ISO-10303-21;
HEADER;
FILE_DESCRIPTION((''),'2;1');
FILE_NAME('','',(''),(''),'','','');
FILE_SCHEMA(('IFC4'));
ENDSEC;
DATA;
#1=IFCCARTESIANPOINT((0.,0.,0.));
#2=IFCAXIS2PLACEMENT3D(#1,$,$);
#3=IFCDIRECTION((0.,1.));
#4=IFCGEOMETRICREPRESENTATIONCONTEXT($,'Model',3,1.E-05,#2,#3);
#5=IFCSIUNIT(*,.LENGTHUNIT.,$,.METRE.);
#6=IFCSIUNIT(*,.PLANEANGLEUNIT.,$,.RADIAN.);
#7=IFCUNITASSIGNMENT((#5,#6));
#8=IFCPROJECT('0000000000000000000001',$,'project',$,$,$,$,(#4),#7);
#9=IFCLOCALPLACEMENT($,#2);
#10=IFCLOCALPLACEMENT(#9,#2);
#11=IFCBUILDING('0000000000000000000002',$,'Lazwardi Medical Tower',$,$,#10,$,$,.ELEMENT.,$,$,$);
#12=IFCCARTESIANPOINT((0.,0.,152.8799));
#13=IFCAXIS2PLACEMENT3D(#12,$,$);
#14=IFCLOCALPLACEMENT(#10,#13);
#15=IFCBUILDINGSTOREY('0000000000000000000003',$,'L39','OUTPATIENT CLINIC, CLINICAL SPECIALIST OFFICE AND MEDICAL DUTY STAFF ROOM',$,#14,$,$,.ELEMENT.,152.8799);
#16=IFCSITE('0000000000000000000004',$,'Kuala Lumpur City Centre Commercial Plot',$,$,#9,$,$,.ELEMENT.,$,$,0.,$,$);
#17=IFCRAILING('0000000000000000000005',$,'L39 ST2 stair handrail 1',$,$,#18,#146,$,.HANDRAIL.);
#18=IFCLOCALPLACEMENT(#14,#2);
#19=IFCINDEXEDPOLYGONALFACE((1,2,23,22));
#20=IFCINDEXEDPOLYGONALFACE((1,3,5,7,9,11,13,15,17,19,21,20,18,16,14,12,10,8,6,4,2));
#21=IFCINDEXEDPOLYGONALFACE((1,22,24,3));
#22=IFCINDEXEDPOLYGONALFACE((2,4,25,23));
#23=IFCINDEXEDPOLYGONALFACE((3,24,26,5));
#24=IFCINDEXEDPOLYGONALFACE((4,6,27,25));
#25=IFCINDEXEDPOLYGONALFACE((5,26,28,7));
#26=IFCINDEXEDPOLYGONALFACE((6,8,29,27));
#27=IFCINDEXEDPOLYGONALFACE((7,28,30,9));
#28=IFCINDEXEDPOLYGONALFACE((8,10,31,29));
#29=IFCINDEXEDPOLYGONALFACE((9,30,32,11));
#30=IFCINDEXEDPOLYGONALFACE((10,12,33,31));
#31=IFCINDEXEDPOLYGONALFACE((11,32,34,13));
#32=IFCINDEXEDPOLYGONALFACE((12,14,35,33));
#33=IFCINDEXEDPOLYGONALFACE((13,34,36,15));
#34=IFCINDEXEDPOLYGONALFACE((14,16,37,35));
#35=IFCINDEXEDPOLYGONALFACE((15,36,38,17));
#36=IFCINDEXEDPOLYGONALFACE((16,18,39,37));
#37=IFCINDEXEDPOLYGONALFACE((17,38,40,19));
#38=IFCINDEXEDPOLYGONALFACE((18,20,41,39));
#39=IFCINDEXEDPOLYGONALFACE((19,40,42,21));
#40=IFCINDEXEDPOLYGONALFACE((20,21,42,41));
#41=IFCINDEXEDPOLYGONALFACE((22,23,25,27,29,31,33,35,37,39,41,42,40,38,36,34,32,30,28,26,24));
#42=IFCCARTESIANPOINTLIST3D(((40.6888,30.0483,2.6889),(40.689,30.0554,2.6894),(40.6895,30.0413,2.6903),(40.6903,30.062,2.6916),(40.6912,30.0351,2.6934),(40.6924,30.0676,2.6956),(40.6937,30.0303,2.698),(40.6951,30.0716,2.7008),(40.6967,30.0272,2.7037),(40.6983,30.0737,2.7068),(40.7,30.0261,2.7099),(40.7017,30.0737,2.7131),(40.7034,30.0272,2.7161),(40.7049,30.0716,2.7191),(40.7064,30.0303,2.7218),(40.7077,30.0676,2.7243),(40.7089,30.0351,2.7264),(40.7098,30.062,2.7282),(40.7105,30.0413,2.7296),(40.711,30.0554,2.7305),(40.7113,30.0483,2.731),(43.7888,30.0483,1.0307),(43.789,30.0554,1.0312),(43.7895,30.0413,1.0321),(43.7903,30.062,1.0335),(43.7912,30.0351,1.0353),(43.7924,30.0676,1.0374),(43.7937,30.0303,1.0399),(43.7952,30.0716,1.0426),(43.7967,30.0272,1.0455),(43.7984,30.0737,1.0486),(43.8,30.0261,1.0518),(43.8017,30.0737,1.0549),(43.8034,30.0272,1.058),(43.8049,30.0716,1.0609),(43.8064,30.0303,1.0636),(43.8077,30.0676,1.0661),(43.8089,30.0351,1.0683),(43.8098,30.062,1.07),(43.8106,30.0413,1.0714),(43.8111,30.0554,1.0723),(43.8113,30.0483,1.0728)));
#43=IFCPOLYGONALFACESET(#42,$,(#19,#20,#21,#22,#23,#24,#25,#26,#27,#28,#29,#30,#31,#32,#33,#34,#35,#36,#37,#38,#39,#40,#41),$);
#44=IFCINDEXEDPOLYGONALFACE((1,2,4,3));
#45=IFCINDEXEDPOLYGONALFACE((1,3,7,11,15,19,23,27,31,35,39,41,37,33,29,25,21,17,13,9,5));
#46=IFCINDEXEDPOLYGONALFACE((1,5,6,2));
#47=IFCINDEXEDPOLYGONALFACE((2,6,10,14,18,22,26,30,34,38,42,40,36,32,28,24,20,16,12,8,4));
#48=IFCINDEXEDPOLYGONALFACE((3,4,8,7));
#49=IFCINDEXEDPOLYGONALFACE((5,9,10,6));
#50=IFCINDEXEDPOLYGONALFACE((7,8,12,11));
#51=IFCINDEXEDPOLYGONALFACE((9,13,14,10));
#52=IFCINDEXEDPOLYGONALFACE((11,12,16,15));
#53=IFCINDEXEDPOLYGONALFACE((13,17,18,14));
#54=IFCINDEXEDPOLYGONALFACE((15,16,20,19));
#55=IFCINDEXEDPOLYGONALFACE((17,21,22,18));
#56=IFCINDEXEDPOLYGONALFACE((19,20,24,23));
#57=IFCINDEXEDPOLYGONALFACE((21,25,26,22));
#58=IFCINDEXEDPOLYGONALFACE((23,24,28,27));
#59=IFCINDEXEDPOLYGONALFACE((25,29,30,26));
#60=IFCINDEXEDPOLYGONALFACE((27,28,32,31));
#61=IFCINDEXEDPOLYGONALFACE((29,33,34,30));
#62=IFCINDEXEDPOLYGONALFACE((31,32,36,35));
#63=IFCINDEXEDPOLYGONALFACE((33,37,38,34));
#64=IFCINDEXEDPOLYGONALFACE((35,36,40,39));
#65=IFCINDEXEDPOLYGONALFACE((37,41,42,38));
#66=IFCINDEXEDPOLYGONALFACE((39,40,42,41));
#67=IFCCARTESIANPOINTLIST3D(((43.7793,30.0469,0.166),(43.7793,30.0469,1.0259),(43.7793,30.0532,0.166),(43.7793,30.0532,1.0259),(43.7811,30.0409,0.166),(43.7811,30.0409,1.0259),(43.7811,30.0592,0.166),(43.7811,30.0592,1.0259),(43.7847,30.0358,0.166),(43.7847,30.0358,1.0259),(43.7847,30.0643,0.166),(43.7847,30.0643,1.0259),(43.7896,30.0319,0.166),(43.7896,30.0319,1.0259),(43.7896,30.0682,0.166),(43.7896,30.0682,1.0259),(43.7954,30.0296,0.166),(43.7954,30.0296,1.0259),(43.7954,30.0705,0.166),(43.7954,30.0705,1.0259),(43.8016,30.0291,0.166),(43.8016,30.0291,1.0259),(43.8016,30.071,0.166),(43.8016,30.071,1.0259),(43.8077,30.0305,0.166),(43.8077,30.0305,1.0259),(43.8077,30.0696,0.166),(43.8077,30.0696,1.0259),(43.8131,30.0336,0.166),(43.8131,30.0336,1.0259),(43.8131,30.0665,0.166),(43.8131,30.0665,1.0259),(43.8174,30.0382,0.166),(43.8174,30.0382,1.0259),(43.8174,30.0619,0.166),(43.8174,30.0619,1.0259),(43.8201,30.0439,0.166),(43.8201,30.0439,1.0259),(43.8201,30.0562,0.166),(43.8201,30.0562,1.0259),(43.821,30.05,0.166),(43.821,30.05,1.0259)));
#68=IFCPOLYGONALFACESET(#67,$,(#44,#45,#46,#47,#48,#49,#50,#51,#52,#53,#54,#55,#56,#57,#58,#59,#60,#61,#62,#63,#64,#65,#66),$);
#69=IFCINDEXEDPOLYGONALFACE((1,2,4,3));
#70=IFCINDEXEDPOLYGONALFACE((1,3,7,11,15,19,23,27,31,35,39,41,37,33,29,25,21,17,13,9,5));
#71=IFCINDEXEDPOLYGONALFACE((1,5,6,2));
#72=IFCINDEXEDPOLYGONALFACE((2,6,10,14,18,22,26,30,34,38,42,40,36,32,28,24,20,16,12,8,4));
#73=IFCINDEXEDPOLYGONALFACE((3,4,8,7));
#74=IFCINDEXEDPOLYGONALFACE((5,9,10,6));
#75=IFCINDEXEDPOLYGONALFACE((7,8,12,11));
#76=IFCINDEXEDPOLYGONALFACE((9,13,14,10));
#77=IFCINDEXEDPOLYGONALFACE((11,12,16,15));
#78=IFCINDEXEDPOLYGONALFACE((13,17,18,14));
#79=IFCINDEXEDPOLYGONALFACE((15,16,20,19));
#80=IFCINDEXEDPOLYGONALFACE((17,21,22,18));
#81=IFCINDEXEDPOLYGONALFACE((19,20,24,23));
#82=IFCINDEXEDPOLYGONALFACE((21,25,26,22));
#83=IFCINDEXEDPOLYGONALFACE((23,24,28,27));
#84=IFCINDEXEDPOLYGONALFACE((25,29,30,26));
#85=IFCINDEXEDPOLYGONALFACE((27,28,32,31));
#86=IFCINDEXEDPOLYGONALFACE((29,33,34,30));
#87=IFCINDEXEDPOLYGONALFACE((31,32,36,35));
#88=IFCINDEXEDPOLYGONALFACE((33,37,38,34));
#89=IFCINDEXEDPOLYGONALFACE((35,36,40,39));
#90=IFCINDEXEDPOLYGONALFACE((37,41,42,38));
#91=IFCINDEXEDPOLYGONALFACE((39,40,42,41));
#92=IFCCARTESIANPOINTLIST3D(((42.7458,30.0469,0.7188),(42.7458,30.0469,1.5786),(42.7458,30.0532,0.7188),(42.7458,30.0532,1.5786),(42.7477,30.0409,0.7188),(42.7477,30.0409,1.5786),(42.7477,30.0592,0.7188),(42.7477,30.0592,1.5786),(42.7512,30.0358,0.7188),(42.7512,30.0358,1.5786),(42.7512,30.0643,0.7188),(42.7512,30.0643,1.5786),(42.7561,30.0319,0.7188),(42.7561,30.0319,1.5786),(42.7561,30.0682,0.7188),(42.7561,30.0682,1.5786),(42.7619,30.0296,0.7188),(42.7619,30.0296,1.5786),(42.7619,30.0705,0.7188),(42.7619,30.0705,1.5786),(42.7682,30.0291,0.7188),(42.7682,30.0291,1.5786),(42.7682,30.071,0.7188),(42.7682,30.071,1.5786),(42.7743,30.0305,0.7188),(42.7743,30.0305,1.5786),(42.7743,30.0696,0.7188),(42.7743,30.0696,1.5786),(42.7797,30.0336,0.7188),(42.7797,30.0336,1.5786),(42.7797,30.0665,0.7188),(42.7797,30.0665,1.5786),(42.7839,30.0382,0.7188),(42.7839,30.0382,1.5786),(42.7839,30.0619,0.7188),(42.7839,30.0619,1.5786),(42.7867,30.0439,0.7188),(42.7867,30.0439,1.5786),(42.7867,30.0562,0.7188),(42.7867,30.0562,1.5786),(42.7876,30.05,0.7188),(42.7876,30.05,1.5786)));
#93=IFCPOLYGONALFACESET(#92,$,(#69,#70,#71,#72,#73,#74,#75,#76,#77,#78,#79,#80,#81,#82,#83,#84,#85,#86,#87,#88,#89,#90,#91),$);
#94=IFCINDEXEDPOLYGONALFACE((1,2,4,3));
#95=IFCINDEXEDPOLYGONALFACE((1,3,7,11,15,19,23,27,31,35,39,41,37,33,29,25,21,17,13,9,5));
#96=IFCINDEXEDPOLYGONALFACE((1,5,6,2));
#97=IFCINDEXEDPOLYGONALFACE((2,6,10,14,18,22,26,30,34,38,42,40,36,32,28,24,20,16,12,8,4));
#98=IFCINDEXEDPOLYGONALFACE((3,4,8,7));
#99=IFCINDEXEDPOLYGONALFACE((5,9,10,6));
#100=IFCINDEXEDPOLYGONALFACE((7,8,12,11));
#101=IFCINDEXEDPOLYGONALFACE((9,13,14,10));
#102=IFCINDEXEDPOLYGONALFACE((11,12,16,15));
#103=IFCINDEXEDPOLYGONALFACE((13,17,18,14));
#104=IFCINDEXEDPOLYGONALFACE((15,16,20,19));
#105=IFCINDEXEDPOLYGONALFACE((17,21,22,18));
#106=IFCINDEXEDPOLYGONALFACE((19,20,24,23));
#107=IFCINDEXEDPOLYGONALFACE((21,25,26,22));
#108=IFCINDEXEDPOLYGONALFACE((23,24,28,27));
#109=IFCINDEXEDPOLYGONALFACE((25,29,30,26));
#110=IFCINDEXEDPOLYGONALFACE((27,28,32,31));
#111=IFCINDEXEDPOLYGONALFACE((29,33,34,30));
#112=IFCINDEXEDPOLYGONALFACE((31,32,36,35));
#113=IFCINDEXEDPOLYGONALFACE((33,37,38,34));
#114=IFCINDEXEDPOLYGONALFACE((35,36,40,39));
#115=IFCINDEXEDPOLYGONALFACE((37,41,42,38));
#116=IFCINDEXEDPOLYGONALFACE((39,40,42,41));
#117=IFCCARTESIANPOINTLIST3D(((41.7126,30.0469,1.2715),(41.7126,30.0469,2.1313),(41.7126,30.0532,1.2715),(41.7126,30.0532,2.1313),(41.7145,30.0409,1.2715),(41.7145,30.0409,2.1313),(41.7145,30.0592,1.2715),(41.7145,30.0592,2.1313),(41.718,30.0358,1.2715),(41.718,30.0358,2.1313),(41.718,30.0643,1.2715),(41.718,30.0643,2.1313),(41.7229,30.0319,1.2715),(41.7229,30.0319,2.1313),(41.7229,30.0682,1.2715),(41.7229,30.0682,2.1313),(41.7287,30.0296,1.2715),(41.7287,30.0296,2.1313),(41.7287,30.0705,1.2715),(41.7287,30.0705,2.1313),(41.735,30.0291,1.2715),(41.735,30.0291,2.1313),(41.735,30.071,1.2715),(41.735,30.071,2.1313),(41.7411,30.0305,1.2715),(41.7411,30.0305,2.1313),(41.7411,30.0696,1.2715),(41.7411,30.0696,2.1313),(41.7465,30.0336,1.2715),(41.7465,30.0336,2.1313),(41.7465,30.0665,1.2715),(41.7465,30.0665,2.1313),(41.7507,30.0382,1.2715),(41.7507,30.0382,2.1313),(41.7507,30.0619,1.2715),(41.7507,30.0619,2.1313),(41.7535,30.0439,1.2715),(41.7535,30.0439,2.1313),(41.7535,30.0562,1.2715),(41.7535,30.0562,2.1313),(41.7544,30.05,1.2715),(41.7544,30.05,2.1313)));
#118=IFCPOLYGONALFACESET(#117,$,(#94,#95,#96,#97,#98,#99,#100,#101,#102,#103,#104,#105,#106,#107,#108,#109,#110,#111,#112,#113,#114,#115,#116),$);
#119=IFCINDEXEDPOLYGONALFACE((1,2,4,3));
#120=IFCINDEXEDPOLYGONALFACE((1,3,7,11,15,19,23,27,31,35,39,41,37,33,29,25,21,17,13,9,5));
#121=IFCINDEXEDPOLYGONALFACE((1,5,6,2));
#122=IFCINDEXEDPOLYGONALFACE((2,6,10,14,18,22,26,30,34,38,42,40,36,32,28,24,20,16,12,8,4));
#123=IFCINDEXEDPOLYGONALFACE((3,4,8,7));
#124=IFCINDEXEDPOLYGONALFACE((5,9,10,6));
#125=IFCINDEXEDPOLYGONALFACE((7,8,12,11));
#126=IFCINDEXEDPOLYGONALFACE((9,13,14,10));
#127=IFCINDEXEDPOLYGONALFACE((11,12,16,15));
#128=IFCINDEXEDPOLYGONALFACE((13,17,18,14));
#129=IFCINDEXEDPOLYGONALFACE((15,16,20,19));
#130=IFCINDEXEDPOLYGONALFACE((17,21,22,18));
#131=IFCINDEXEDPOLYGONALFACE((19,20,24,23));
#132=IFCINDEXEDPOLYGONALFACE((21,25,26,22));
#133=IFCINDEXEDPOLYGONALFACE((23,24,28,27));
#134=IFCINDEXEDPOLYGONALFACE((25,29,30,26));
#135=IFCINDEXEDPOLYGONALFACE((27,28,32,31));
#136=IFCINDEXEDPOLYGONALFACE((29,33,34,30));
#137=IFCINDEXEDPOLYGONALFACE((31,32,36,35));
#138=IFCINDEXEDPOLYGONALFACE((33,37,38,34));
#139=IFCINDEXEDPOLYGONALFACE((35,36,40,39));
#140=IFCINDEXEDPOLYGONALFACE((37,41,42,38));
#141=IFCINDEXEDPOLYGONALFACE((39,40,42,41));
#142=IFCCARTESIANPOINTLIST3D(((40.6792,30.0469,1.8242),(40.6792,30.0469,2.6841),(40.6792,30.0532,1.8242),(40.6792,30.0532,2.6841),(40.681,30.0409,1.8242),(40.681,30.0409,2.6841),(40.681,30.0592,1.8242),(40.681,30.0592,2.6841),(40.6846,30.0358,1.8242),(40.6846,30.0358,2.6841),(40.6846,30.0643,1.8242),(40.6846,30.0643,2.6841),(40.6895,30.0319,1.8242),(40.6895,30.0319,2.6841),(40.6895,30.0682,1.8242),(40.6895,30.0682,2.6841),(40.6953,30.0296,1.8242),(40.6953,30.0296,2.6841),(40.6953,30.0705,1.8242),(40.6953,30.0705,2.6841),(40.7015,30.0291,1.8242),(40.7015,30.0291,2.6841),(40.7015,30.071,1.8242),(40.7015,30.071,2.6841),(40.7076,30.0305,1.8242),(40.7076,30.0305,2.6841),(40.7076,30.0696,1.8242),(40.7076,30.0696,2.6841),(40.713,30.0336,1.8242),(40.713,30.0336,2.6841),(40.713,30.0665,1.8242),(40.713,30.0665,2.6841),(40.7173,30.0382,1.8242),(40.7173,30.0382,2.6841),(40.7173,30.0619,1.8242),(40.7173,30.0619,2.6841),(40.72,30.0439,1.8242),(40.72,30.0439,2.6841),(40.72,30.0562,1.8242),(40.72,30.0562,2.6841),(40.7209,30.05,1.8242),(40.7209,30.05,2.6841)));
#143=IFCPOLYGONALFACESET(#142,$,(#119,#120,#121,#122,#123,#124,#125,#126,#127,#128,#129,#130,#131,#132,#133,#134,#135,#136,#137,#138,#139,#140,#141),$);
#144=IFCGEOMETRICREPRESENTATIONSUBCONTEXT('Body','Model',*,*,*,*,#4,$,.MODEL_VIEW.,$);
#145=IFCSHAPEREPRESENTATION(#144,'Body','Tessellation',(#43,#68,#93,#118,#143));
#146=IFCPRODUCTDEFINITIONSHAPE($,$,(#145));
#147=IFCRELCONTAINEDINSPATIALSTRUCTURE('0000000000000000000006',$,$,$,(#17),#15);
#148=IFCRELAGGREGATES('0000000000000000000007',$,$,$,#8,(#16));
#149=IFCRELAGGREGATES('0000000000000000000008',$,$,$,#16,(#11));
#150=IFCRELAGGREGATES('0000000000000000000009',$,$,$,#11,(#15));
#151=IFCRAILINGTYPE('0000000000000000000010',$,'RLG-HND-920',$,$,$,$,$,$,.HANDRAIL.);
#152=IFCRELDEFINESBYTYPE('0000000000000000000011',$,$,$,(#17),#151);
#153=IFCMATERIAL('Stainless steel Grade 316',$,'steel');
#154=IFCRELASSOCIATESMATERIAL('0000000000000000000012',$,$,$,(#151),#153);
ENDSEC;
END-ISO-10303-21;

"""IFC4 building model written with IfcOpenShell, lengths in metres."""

from ifc_helpers import new_model, si_unit, direction, frame, origin, origin_2d, place, context, subcontext, project, spatial, circle, extrude, material, type_object, element, save


model = new_model("IFC4")

# Units and contexts
model_context = context("Model", 3, precision=1e-05, world=origin(), true_north=direction((0.0, 1.0)))
body_context = subcontext(model_context, "Body", "Model", "MODEL_VIEW")
ifc_project = project(units=[si_unit("LENGTHUNIT", "METRE"), si_unit("PLANEANGLEUNIT", "RADIAN")], contexts=[model_context])

# Site, building, storey
site_placement = place(None, origin())
site = spatial("IfcSite", under=ifc_project, at=site_placement, Name="Kuala Lumpur City Centre Commercial Plot", CompositionType="ELEMENT", RefElevation=0.0)
building_placement = place(site_placement, origin())
building = spatial("IfcBuilding", under=site, at=building_placement, Name="Lazwardi Medical Tower", CompositionType="ELEMENT")
storey_placement = place(building_placement, frame((0.0, 0.0, 152.8799)))
storey = spatial("IfcBuildingStorey", under=building, at=storey_placement, Name="L39", Description="OUTPATIENT CLINIC, CLINICAL SPECIALIST OFFICE AND MEDICAL DUTY STAFF ROOM", CompositionType="ELEMENT", Elevation=152.8799)

# Railing
ifc_material_1 = material(Name="Stainless steel Grade 316", Category="steel")
railing_type_1 = type_object("IfcRailingType", Name="RLG-HND-920", PredefinedType="HANDRAIL", material=ifc_material_1)
railing_1_placement = place(storey_placement, frame((43.8, 30.05, 0.166)))
element("IfcRailing", 1, at=railing_1_placement, inside=storey, type_object=railing_type_1, Name="L39 ST2 stair handrail 1", PredefinedType="HANDRAIL", context=body_context, shape_type="SweptSolid", body=[
    extrude(circle(Radius=0.0239, at=origin_2d()), frame((0.0, 0.0, 0.8857), z_axis=(-0.881783, 0.0, 0.471655), x_axis=(0.0, -1.0, 0.0)), (0.0, 0.0, 1.0), 3.5156),
    extrude(circle(Radius=0.021, at=origin_2d()), origin(), (0.0, 0.0, 1.0), 0.8599),
    extrude(circle(Radius=0.021, at=origin_2d()), frame((-1.0334, 0.0, 0.5527)), (0.0, 0.0, 1.0), 0.8599),
    extrude(circle(Radius=0.021, at=origin_2d()), frame((-2.0667, 0.0, 1.1055)), (0.0, 0.0, 1.0), 0.8599),
    extrude(circle(Radius=0.021, at=origin_2d()), frame((-3.1001, 0.0, 1.6582)), (0.0, 0.0, 1.0), 0.8599),
])

save(model, "model.ifc")
